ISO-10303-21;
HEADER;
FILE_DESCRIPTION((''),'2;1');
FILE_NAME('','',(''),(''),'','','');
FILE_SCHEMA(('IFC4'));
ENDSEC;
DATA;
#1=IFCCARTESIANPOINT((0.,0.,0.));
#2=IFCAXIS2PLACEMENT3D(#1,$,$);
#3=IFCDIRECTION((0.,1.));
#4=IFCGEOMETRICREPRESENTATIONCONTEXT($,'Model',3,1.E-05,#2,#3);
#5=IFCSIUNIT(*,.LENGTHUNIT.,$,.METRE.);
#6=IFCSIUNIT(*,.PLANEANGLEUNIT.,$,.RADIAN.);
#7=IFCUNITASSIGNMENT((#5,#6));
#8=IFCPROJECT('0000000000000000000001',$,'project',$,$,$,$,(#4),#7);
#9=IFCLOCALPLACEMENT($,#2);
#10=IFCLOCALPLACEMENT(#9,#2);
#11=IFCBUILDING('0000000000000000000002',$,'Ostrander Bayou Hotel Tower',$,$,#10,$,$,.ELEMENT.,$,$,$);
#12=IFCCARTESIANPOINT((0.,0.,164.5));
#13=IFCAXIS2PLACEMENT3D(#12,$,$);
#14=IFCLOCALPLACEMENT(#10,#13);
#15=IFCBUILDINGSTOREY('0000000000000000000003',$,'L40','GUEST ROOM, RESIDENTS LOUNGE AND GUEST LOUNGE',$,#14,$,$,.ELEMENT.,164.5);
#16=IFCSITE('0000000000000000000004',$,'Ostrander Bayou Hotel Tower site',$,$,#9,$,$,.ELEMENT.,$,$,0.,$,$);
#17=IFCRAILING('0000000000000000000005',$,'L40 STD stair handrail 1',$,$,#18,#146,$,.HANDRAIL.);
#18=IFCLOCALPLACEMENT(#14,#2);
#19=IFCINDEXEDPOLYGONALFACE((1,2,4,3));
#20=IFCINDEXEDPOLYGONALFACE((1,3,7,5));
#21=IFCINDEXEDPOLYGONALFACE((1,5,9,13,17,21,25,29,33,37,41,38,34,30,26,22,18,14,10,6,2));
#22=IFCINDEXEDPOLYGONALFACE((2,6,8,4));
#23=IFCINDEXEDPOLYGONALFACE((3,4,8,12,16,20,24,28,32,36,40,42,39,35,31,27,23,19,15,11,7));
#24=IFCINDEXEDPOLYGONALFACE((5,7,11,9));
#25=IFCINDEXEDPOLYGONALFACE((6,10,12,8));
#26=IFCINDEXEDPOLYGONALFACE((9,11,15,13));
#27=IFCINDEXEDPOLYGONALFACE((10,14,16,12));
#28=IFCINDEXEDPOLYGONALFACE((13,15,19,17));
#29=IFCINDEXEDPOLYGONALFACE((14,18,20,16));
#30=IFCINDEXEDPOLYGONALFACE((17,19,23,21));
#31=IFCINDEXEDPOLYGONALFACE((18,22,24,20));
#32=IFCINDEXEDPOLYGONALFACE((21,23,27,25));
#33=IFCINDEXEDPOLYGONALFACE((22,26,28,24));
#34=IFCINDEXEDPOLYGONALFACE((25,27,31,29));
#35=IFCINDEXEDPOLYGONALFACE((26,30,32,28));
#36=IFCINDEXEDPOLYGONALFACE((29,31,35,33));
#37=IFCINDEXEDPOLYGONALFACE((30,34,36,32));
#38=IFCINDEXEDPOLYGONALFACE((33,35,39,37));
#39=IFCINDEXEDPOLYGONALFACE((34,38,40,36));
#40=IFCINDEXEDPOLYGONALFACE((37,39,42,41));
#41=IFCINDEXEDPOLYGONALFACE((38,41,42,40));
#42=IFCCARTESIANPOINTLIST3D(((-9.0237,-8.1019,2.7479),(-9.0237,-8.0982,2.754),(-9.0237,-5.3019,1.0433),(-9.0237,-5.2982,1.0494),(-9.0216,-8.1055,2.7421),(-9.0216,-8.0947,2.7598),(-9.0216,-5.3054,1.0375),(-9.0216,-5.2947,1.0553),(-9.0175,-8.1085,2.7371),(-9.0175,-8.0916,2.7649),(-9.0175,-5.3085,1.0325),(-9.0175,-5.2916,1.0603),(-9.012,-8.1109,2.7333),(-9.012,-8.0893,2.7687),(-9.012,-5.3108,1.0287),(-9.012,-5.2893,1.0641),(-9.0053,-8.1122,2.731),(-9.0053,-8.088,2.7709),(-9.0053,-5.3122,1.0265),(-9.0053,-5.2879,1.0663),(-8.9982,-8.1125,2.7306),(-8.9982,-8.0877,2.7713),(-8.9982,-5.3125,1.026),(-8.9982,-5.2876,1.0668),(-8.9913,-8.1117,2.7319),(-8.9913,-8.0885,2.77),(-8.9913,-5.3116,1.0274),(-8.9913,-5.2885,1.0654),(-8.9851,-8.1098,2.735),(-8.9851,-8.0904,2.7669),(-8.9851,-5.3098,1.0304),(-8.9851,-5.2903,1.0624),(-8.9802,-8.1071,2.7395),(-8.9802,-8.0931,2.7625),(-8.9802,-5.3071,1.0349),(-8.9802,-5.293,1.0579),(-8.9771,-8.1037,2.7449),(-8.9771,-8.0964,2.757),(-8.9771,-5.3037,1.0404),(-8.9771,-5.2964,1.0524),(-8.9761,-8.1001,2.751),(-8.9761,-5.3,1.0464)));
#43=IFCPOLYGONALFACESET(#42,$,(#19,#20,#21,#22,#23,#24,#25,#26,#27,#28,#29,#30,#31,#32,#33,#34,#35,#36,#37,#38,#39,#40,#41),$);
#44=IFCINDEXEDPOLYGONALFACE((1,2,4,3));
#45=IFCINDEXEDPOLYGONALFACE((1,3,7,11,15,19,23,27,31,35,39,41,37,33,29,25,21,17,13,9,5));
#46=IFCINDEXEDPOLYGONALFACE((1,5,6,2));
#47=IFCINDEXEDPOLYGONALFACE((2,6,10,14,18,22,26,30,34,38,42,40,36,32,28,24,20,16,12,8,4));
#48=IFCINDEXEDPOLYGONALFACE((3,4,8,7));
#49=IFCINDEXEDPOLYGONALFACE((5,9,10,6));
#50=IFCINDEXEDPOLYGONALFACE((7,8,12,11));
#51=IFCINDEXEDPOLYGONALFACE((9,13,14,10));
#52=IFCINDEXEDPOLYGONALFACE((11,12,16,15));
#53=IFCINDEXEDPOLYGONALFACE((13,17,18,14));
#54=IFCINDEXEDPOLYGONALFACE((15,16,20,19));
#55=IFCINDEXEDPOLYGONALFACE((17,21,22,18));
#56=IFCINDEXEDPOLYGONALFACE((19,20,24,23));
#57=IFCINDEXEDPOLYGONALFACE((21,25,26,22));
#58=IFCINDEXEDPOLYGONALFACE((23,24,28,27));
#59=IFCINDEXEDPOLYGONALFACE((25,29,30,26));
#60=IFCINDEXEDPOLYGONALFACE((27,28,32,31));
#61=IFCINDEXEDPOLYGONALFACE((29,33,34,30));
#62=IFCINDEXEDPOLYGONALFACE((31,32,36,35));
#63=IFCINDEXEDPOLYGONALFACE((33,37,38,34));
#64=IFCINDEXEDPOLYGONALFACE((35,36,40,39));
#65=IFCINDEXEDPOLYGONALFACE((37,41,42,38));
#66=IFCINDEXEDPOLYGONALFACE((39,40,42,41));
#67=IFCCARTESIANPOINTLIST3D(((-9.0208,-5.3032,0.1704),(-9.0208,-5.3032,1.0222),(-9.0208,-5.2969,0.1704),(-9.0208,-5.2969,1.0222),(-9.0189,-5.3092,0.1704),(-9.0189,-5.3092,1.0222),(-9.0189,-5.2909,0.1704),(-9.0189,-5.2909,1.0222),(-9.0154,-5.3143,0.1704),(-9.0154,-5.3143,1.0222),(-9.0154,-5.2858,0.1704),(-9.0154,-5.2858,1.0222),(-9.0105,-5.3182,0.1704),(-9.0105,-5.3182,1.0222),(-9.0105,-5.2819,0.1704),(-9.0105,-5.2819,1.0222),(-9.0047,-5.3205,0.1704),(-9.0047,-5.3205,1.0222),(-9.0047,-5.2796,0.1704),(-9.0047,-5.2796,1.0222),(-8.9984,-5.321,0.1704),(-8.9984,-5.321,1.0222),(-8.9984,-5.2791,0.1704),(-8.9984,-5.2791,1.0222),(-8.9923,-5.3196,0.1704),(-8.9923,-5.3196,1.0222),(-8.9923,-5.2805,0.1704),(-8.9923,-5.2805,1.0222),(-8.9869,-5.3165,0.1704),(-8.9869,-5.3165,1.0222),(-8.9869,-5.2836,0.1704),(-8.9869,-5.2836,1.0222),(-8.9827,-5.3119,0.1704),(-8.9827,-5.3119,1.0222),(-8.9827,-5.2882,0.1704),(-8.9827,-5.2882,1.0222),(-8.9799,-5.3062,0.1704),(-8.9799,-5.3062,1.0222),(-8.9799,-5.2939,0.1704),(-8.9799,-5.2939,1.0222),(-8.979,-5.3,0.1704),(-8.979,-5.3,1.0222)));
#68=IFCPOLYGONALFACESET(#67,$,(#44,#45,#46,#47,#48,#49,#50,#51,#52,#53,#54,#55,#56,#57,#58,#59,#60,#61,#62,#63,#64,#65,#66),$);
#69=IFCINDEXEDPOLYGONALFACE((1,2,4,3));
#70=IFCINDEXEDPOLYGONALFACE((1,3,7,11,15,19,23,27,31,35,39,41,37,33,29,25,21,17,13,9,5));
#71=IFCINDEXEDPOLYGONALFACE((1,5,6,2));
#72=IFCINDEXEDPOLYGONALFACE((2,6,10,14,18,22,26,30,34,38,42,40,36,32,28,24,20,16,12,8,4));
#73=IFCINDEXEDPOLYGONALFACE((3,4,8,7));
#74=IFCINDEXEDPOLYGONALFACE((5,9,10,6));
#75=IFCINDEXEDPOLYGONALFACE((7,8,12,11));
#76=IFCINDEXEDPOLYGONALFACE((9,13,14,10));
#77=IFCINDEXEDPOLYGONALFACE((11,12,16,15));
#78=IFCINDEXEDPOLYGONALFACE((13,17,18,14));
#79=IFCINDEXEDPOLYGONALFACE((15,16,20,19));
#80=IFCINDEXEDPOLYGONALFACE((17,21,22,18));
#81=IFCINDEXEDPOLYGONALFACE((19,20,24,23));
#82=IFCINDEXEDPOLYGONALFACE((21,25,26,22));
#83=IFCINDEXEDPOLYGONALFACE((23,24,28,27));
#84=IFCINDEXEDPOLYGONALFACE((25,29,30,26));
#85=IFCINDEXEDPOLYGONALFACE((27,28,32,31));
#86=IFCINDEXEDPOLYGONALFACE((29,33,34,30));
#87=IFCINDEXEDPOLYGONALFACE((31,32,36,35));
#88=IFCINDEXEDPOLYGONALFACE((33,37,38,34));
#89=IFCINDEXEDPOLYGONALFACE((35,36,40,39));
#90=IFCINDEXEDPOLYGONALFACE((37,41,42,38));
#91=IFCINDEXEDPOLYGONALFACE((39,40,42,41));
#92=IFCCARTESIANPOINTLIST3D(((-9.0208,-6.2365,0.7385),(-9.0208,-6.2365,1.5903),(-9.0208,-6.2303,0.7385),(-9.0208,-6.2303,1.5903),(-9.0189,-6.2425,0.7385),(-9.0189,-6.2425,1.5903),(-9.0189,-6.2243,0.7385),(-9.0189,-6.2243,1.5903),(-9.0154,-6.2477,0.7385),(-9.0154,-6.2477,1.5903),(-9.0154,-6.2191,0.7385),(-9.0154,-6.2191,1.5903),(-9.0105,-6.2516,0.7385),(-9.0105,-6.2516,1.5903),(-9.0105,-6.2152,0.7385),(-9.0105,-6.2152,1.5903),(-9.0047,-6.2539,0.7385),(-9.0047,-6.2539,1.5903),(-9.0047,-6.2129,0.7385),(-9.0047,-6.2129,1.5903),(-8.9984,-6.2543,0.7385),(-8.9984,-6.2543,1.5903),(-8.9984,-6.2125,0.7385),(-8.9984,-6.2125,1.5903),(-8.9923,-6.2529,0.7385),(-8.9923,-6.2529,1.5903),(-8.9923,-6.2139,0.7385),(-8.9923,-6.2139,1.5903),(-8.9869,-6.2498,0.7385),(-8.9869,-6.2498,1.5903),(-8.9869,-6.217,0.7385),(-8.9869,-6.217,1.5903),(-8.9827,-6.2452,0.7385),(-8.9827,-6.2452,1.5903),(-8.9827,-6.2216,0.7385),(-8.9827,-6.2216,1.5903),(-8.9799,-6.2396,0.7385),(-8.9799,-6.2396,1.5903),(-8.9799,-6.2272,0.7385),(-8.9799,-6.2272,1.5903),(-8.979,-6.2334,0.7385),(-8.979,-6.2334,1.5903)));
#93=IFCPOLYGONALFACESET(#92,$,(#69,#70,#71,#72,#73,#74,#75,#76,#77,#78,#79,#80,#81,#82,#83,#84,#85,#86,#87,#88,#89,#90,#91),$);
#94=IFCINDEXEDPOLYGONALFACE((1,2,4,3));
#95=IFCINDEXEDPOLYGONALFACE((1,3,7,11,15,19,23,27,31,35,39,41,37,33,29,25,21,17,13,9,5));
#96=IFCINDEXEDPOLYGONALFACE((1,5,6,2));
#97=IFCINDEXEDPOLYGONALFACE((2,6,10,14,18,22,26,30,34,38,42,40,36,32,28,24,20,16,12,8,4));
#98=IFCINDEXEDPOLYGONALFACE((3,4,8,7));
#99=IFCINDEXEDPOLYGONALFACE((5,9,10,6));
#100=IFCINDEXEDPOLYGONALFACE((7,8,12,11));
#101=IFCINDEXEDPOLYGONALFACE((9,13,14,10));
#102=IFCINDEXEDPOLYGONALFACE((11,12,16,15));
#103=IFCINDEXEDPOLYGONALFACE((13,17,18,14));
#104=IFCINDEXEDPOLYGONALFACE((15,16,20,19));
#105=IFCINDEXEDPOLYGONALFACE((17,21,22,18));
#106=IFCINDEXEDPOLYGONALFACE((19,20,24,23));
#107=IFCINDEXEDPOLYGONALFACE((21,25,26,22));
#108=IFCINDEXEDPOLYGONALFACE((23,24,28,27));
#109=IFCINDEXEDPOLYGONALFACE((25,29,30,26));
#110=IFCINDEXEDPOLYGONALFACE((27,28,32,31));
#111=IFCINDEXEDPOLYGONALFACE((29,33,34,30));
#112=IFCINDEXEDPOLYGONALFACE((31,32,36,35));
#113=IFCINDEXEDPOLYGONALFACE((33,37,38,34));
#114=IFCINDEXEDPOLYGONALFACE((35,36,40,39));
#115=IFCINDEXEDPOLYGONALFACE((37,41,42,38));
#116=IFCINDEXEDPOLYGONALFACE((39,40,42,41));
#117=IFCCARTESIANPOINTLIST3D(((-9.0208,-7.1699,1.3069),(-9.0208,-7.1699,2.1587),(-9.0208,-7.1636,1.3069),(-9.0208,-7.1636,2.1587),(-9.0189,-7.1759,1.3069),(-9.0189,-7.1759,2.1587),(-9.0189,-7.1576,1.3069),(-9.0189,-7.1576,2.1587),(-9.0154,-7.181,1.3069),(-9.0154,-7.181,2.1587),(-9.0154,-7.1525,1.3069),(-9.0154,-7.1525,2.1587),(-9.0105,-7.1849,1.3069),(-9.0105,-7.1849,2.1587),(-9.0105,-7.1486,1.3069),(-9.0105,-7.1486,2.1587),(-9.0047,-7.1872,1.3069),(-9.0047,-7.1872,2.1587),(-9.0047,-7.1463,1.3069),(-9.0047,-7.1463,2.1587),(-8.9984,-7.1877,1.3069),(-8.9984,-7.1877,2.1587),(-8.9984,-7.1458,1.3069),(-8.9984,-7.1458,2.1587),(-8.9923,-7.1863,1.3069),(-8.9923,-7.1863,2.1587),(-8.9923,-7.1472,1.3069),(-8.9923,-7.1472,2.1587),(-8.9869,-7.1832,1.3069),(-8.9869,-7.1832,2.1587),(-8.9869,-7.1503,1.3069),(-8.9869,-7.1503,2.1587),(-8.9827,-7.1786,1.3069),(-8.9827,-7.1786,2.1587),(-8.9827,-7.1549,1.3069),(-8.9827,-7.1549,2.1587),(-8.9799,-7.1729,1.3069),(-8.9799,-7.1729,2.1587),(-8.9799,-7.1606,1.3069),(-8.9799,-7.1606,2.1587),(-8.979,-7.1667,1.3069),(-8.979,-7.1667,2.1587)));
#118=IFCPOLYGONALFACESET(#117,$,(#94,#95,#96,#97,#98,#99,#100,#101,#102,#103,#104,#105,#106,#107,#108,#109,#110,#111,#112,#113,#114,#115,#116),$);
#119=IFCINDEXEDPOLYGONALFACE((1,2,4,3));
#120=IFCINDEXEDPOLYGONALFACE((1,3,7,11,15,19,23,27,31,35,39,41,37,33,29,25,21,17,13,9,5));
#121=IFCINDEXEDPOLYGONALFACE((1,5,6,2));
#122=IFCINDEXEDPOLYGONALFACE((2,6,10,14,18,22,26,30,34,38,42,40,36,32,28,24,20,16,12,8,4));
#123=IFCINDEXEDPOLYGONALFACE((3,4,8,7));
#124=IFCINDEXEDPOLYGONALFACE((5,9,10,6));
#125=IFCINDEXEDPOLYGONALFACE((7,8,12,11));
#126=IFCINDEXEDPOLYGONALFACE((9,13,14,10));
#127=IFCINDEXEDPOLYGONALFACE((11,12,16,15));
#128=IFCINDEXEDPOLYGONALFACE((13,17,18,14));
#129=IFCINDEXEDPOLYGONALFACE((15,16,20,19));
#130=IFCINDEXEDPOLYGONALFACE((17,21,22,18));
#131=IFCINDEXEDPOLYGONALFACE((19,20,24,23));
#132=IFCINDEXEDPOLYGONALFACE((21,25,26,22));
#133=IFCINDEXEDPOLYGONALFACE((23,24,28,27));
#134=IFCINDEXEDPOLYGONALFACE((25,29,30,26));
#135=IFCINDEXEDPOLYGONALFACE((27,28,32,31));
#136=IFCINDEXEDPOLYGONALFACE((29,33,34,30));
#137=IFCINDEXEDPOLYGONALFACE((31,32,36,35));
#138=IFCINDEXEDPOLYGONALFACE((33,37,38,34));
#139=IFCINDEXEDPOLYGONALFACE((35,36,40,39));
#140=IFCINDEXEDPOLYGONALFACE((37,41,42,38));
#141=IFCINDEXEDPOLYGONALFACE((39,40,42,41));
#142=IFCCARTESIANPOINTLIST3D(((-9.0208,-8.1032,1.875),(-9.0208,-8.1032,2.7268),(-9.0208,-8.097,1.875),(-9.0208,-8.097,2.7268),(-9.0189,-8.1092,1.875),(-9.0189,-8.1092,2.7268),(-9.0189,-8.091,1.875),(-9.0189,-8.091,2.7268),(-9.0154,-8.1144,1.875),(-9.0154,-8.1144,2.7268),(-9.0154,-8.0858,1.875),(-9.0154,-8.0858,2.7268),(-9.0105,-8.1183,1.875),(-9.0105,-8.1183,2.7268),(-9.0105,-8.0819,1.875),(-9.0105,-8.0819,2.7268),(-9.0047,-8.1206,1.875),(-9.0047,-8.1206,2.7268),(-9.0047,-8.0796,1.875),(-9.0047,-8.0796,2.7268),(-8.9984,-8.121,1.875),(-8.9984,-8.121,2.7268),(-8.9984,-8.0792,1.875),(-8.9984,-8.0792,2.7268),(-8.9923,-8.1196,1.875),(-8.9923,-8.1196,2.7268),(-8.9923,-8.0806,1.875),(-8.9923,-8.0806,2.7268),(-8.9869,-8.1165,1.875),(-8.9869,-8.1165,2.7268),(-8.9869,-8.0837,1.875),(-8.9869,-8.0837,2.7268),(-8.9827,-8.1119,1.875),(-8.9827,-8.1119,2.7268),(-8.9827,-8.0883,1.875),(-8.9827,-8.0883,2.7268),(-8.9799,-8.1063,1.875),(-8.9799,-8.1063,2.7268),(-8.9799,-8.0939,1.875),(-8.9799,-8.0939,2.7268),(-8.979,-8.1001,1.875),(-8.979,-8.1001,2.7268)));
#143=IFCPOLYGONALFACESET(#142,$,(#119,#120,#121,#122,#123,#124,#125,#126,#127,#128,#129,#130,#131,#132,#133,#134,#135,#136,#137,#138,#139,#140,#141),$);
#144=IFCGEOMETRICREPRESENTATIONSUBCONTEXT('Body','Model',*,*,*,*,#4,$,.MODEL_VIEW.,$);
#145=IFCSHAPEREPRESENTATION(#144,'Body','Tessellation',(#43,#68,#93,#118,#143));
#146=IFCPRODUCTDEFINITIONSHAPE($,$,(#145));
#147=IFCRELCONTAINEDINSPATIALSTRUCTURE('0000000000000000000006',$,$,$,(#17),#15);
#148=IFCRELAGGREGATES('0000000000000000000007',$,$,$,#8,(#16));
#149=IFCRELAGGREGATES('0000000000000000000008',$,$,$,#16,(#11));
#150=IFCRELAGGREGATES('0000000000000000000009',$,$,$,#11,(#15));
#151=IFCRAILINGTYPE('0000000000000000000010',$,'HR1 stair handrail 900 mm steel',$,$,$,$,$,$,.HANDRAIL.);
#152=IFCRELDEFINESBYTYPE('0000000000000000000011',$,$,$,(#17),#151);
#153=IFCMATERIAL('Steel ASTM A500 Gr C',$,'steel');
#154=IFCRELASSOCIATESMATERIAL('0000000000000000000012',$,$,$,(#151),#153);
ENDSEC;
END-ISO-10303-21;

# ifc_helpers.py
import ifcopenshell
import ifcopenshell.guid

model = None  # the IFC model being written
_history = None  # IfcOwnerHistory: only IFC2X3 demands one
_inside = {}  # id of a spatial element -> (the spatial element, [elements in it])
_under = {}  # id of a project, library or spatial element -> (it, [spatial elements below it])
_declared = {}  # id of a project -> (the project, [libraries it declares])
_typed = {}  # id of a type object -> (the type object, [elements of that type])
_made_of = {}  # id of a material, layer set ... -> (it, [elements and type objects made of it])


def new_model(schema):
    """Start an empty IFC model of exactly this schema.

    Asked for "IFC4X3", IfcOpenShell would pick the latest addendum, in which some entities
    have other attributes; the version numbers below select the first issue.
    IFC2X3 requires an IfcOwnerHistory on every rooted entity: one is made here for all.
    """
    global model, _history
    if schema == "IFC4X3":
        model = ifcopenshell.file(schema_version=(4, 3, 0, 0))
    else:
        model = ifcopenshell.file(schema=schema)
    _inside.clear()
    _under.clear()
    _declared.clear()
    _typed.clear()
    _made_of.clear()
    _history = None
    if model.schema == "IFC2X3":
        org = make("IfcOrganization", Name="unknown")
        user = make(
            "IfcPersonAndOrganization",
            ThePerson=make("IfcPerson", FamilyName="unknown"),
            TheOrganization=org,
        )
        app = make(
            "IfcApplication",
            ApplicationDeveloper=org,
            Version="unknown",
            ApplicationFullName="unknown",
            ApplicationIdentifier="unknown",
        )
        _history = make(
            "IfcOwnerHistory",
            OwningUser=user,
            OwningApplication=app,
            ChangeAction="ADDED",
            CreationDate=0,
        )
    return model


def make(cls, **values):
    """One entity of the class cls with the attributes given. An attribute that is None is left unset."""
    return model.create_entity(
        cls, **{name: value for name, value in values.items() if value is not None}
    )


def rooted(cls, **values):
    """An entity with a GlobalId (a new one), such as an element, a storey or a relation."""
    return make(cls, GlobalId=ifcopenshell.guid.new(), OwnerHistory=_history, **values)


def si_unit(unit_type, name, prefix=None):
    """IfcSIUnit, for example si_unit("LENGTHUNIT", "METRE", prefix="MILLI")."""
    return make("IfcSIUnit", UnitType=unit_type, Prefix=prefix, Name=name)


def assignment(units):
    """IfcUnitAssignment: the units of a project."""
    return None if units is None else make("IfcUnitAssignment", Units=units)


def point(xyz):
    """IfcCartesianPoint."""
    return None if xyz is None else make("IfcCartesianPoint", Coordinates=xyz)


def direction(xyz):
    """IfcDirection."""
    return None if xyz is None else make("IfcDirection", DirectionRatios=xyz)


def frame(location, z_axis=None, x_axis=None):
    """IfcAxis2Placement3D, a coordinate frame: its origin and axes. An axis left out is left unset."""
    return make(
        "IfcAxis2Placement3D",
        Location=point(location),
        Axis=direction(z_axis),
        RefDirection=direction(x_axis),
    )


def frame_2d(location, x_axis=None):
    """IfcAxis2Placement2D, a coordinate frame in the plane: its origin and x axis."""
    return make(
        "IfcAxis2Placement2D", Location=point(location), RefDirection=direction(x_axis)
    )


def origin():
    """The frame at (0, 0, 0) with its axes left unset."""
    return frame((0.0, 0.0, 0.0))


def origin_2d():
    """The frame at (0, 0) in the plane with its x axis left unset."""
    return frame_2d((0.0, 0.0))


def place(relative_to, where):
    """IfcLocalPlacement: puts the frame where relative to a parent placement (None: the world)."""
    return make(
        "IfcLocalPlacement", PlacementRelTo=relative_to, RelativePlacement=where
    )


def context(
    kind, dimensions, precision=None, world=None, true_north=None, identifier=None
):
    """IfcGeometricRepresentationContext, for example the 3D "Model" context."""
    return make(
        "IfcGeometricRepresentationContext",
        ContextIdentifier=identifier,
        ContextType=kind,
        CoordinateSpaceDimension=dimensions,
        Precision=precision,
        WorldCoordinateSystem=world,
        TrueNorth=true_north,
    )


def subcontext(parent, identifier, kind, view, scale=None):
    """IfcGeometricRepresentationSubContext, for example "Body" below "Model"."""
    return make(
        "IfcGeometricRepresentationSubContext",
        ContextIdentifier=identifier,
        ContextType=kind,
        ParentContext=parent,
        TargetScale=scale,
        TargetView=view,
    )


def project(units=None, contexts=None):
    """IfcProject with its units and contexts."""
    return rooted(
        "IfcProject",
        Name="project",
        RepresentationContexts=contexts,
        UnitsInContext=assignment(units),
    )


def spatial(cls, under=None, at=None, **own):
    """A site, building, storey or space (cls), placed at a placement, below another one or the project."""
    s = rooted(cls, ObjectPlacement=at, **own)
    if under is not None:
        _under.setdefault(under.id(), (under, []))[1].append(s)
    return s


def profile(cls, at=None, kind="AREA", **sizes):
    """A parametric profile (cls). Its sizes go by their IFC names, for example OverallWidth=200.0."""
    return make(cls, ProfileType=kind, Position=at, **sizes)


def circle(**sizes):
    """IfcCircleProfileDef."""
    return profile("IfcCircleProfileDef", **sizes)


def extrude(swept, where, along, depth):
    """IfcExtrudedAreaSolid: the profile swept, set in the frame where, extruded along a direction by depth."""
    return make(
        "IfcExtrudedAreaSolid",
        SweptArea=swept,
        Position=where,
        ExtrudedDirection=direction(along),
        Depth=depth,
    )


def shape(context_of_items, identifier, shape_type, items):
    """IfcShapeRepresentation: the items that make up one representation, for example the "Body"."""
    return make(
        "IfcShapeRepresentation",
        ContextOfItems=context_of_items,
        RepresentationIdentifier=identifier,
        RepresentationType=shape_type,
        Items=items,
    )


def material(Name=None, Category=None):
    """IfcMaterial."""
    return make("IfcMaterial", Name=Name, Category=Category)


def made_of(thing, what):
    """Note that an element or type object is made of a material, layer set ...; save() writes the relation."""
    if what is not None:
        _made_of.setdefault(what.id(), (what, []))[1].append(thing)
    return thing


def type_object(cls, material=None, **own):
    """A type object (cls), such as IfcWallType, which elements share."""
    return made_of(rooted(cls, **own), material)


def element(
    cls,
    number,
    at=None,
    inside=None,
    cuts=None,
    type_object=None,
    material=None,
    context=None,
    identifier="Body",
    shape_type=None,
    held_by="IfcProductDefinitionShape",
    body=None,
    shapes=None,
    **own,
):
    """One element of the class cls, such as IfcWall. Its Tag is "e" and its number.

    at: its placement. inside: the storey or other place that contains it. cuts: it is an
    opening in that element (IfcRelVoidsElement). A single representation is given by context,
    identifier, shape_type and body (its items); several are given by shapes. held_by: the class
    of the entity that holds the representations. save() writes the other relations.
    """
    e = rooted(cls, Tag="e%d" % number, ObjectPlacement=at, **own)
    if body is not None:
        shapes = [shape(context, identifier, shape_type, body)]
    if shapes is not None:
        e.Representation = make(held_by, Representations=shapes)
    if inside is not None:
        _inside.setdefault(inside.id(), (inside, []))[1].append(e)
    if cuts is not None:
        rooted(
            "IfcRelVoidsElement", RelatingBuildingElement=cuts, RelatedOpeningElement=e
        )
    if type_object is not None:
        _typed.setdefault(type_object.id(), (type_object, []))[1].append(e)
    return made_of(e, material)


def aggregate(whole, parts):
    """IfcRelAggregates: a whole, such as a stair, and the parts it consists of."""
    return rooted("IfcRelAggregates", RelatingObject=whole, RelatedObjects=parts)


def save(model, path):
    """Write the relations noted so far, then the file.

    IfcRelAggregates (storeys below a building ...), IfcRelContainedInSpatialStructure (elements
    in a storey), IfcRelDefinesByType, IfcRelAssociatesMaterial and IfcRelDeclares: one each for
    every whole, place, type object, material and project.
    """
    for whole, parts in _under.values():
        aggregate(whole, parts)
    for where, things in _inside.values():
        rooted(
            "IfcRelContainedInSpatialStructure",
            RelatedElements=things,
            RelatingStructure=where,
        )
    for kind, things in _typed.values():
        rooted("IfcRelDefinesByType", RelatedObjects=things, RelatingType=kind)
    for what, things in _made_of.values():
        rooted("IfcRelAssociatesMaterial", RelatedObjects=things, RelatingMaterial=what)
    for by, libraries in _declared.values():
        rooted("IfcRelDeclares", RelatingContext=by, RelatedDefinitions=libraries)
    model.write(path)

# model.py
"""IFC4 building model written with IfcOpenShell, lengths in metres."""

from ifc_helpers import new_model, si_unit, direction, frame, origin, origin_2d, place, context, subcontext, project, spatial, circle, extrude, material, type_object, element, save


model = new_model("IFC4")

# Units and contexts
model_context = context("Model", 3, precision=1e-05, world=origin(), true_north=direction((0.0, 1.0)))
body_context = subcontext(model_context, "Body", "Model", "MODEL_VIEW")
ifc_project = project(units=[si_unit("LENGTHUNIT", "METRE"), si_unit("PLANEANGLEUNIT", "RADIAN")], contexts=[model_context])

# Site, building, storey
site_placement = place(None, origin())
site = spatial("IfcSite", under=ifc_project, at=site_placement, Name="Ostrander Bayou Hotel Tower site", CompositionType="ELEMENT", RefElevation=0.0)
building_placement = place(site_placement, origin())
building = spatial("IfcBuilding", under=site, at=building_placement, Name="Ostrander Bayou Hotel Tower", CompositionType="ELEMENT")
storey_placement = place(building_placement, frame((0.0, 0.0, 164.5)))
storey = spatial("IfcBuildingStorey", under=building, at=storey_placement, Name="L40", Description="GUEST ROOM, RESIDENTS LOUNGE AND GUEST LOUNGE", CompositionType="ELEMENT", Elevation=164.5)

# Railing
ifc_material_1 = material(Name="Steel ASTM A500 Gr C", Category="steel")
railing_type_1 = type_object("IfcRailingType", Name="HR1 stair handrail 900 mm steel", PredefinedType="HANDRAIL", material=ifc_material_1)
railing_1_placement = place(storey_placement, frame((-9.0, -5.3, 0.1704)))
element("IfcRailing", 1, at=railing_1_placement, inside=storey, type_object=railing_type_1, Name="L40 STD stair handrail 1", PredefinedType="HANDRAIL", context=body_context, shape_type="SweptSolid", body=[
    extrude(circle(Radius=0.0239, at=origin_2d()), frame((0.0, 0.0, 0.876), z_axis=(0.0, -0.85417, 0.519994), x_axis=(1.0, 0.0, 0.0)), (0.0, 0.0, 1.0), 3.2781),
    extrude(circle(Radius=0.021, at=origin_2d()), origin(), (0.0, 0.0, 1.0), 0.8518),
    extrude(circle(Radius=0.021, at=origin_2d()), frame((0.0, -0.9333, 0.5681)), (0.0, 0.0, 1.0), 0.8518),
    extrude(circle(Radius=0.021, at=origin_2d()), frame((0.0, -1.8667, 1.1365)), (0.0, 0.0, 1.0), 0.8518),
    extrude(circle(Radius=0.021, at=origin_2d()), frame((0.0, -2.8, 1.7046)), (0.0, 0.0, 1.0), 0.8518),
])

save(model, "model.ifc")
